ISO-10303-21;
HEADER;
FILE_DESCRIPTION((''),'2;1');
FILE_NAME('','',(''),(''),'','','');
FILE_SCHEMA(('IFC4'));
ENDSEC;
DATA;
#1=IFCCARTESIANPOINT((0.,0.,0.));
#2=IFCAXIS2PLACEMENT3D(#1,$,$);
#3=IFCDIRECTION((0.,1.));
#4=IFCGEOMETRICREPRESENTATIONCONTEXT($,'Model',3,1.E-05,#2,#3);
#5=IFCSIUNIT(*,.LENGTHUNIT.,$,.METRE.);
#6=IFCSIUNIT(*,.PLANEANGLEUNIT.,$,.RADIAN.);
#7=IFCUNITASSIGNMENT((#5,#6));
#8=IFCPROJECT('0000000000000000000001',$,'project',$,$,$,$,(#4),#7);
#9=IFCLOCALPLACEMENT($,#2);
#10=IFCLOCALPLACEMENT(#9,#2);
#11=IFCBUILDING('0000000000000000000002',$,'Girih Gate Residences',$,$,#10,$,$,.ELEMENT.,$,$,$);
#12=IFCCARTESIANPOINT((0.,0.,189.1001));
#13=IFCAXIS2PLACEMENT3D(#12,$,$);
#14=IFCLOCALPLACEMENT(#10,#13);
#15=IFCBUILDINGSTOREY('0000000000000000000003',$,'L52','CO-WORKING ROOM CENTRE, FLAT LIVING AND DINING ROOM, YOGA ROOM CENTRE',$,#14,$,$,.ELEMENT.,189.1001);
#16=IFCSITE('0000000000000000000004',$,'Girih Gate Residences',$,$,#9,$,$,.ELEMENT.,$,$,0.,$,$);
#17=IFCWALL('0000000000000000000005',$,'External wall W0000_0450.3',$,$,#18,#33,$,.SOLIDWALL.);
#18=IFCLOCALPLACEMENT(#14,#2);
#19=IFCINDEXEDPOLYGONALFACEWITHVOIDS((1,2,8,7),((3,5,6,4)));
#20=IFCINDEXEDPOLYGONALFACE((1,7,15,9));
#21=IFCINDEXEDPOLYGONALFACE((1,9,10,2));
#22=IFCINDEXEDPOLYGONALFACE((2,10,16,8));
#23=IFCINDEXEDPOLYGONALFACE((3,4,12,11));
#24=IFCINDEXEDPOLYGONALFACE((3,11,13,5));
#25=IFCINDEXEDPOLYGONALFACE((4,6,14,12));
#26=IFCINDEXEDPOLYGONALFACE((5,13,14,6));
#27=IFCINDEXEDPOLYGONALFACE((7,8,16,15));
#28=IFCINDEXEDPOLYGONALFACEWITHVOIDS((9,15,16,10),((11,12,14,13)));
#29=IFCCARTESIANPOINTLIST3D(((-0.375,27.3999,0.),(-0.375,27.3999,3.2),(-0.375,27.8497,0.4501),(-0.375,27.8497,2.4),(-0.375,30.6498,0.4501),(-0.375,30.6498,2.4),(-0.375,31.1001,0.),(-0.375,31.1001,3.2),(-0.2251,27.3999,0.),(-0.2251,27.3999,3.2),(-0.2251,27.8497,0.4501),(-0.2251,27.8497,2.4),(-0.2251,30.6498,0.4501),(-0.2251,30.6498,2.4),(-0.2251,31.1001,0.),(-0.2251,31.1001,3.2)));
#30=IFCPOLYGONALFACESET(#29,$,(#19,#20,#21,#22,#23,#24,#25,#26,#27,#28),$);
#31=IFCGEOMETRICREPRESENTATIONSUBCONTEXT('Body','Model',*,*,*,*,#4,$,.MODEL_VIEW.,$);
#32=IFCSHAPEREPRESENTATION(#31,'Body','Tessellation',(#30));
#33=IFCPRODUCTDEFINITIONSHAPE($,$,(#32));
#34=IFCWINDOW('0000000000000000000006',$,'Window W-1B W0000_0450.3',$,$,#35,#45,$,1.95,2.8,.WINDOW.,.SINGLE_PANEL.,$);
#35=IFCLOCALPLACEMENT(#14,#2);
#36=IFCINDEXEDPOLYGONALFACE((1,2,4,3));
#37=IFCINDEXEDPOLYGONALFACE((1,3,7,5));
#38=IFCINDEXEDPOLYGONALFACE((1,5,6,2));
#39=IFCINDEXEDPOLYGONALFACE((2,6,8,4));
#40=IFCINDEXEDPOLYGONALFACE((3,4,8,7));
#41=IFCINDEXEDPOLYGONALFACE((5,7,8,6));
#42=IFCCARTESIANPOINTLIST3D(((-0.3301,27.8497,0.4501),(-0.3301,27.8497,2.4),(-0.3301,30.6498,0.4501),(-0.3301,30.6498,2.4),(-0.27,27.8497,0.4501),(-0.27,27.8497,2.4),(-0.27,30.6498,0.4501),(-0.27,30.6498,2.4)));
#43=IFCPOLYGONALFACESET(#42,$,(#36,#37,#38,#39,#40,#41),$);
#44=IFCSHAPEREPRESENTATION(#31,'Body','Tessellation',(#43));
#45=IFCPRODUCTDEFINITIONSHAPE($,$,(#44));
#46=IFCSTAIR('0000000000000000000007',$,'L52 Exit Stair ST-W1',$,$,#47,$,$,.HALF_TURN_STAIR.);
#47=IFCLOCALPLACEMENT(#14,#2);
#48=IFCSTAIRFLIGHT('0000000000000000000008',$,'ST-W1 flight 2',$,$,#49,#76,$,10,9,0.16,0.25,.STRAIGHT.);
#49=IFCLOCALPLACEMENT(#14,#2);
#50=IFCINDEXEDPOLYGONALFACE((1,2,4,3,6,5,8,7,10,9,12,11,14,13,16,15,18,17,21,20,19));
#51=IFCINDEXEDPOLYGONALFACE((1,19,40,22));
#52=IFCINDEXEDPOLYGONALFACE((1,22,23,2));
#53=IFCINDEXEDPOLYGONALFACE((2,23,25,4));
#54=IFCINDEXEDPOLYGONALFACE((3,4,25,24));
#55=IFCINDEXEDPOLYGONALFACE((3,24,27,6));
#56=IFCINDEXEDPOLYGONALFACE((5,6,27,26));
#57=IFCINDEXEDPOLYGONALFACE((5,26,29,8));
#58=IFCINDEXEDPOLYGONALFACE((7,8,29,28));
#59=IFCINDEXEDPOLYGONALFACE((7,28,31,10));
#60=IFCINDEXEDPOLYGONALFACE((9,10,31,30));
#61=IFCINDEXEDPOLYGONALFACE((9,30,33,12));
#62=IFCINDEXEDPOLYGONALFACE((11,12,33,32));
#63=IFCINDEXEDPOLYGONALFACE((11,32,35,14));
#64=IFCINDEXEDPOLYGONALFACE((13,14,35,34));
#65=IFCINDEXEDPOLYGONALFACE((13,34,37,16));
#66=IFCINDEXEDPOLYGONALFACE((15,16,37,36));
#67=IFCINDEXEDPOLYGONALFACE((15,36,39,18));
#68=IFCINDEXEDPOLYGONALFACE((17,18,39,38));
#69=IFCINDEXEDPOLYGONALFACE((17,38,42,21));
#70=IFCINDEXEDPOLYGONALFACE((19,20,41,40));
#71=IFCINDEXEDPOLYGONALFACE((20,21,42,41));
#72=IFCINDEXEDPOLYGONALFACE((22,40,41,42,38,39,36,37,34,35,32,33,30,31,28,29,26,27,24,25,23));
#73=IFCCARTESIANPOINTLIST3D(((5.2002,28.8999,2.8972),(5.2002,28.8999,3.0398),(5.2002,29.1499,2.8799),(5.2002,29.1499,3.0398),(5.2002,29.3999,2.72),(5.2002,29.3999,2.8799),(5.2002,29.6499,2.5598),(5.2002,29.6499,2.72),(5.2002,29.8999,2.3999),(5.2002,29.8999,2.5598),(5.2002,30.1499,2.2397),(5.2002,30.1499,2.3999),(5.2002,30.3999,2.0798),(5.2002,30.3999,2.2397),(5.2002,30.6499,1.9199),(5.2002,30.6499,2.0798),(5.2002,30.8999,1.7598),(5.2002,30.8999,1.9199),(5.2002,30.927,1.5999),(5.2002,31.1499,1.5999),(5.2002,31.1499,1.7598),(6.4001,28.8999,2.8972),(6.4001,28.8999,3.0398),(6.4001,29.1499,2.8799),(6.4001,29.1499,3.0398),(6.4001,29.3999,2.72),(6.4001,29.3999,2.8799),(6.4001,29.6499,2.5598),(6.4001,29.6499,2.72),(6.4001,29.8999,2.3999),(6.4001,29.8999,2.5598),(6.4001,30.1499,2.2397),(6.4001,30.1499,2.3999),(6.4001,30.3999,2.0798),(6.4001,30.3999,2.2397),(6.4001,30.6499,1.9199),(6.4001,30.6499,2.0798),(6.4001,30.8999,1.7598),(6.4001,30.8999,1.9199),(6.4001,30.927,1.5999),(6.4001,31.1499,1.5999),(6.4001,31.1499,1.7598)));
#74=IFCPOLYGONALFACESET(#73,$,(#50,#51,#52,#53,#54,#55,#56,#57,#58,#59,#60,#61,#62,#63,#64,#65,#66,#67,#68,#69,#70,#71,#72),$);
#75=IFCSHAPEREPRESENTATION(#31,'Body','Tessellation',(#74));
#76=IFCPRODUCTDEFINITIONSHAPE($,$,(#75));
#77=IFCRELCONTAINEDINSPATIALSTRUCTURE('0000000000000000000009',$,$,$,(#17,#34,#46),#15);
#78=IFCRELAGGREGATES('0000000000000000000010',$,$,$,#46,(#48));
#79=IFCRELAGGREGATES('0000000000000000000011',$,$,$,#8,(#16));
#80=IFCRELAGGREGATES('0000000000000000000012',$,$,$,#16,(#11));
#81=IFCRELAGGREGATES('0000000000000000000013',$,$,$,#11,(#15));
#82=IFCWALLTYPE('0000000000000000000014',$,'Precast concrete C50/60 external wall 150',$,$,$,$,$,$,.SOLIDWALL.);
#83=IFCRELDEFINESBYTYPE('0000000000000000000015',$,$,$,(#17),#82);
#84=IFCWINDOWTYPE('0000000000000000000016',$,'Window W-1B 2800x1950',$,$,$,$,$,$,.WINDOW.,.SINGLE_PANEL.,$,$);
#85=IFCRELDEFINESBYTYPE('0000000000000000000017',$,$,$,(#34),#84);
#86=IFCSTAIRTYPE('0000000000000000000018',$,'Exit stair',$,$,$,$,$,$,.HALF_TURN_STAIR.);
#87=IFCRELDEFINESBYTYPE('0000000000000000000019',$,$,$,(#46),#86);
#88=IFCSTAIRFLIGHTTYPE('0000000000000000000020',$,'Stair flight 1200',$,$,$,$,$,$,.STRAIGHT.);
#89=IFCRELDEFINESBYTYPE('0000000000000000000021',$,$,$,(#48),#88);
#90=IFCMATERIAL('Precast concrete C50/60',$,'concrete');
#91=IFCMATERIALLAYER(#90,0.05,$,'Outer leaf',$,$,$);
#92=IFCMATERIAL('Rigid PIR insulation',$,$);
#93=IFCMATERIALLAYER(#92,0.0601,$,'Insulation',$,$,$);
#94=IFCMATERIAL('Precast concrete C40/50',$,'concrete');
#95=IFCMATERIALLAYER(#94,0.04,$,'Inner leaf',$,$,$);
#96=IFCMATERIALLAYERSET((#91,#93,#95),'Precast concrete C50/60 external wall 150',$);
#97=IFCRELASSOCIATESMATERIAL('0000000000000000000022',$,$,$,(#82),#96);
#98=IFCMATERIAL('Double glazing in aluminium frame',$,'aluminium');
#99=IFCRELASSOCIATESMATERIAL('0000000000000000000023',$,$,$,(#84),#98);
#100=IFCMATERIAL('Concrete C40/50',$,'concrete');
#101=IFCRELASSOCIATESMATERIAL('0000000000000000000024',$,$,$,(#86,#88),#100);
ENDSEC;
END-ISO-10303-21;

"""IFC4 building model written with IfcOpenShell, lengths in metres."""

from ifc_helpers import new_model, si_unit, direction, frame, frame_2d, origin, place, context, subcontext, project, spatial, polyline, rectangle, outline, extrude, material, layer, layer_set, type_object, element, fill, aggregate, save


model = new_model("IFC4")

# Units and contexts
model_context = context("Model", 3, precision=1e-05, world=origin(), true_north=direction((0.0, 1.0)))
body_context = subcontext(model_context, "Body", "Model", "MODEL_VIEW")
ifc_project = project(units=[si_unit("LENGTHUNIT", "METRE"), si_unit("PLANEANGLEUNIT", "RADIAN")], contexts=[model_context])

# Site, building, storey
site_placement = place(None, origin())
site = spatial("IfcSite", under=ifc_project, at=site_placement, Name="Girih Gate Residences", CompositionType="ELEMENT", RefElevation=0.0)
building_placement = place(site_placement, origin())
building = spatial("IfcBuilding", under=site, at=building_placement, Name="Girih Gate Residences", CompositionType="ELEMENT")
storey_placement = place(building_placement, frame((0.0, 0.0, 189.1001)))
storey = spatial("IfcBuildingStorey", under=building, at=storey_placement, Name="L52", Description="CO-WORKING ROOM CENTRE, FLAT LIVING AND DINING ROOM, YOGA ROOM CENTRE", CompositionType="ELEMENT", Elevation=189.1001)

# Wall, opening, window
ifc_material_1 = material(Name="Precast concrete C50/60", Category="concrete")
ifc_layer_1 = layer(ifc_material_1, 0.05, Name="Outer leaf")
ifc_material_2 = material(Name="Rigid PIR insulation")
ifc_layer_2 = layer(ifc_material_2, 0.0601, Name="Insulation")
ifc_material_3 = material(Name="Precast concrete C40/50", Category="concrete")
ifc_layer_3 = layer(ifc_material_3, 0.04, Name="Inner leaf")
ifc_layer_set_1 = layer_set([ifc_layer_1, ifc_layer_2, ifc_layer_3], Name="Precast concrete C50/60 external wall 150")
wall_type_1 = type_object("IfcWallType", Name="Precast concrete C50/60 external wall 150", PredefinedType="SOLIDWALL", material=ifc_layer_set_1)
wall_1_placement = place(storey_placement, frame((-0.3, 27.3999, 0.0), z_axis=(0.0, 0.0, 1.0), x_axis=(0.0, 1.0, 0.0)))
wall_1 = element("IfcWall", 1, at=wall_1_placement, inside=storey, type_object=wall_type_1, Name="External wall W0000_0450.3", PredefinedType="SOLIDWALL", context=body_context, shape_type="SweptSolid", body=[
    extrude(rectangle(XDim=3.7002, YDim=0.1499, at=frame_2d((1.8501, 0.0))), origin(), (0.0, 0.0, 1.0), 3.2),
])
opening_1_placement = place(wall_1_placement, frame((0.45, 0.0, 0.45)))
opening_1 = element("IfcOpeningElement", 2, at=opening_1_placement, cuts=wall_1, PredefinedType="OPENING", context=body_context, shape_type="SweptSolid", body=[
    extrude(rectangle(XDim=2.8, YDim=1.95, at=frame_2d((1.3999, 0.9751))), frame((0.0, 0.085, 0.0), z_axis=(0.0, -1.0, 0.0), x_axis=(1.0, 0.0, 0.0)), (0.0, 0.0, 1.0), 0.1699),
])
ifc_material_4 = material(Name="Double glazing in aluminium frame", Category="aluminium")
window_type = type_object("IfcWindowType", Name="Window W-1B 2800x1950", PartitioningType="SINGLE_PANEL", PredefinedType="WINDOW", material=ifc_material_4)
window_placement = place(opening_1_placement, origin())
window = element("IfcWindow", 3, at=window_placement, inside=storey, type_object=window_type, Name="Window W-1B W0000_0450.3", OverallHeight=1.95, OverallWidth=2.8, PartitioningType="SINGLE_PANEL", PredefinedType="WINDOW", context=body_context, shape_type="SweptSolid", body=[
    extrude(rectangle(XDim=2.8, YDim=1.95, at=frame_2d((1.3999, 0.9751))), frame((0.0, 0.03, 0.0), z_axis=(0.0, -1.0, 0.0), x_axis=(1.0, 0.0, 0.0)), (0.0, 0.0, 1.0), 0.0601),
])
fill(opening_1, window)

# Stair, stair flight
ifc_material_5 = material(Name="Concrete C40/50", Category="concrete")
stair_type = type_object("IfcStairType", Name="Exit stair", PredefinedType="HALF_TURN_STAIR", material=ifc_material_5)
stair_placement = place(storey_placement, origin())
stair = element("IfcStair", 4, at=stair_placement, inside=storey, type_object=stair_type, Name="L52 Exit Stair ST-W1", PredefinedType="HALF_TURN_STAIR")
stair_flight_type = type_object("IfcStairFlightType", Name="Stair flight 1200", PredefinedType="STRAIGHT", material=ifc_material_5)
stair_flight_placement = place(storey_placement, frame((5.8, 31.1499, 1.5999), z_axis=(0.0, 0.0, 1.0), x_axis=(0.0, -1.0, 0.0)))
stair_flight = element("IfcStairFlight", 5, at=stair_flight_placement, type_object=stair_flight_type, Name="ST-W1 flight 2", NumberOfRisers=10, NumberOfTreads=9, PredefinedType="STRAIGHT", RiserHeight=0.16, TreadLength=0.25, context=body_context, shape_type="SweptSolid", body=[
    extrude(outline(polyline([(0.0, 0.0), (0.0, 0.1599), (0.25, 0.1599), (0.25, 0.3201), (0.5, 0.3201), (0.5, 0.48), (0.75, 0.48), (0.75, 0.6399), (1.0, 0.6399), (1.0, 0.8), (1.25, 0.8), (1.25, 0.96), (1.5, 0.96), (1.5, 1.1201), (1.75, 1.1201), (1.75, 1.28), (2.0, 1.28), (2.0, 1.4399), (2.25, 1.4399), (2.25, 1.6001), (2.25, 1.2974), (0.2229, 0.0), (0.0, 0.0)])), frame((0.0, 0.6001, 0.0), z_axis=(0.0, -1.0, 0.0), x_axis=(1.0, 0.0, 0.0)), (0.0, 0.0, 1.0), 1.2),
])
aggregate(stair, [stair_flight])

save(model, "model.ifc")
